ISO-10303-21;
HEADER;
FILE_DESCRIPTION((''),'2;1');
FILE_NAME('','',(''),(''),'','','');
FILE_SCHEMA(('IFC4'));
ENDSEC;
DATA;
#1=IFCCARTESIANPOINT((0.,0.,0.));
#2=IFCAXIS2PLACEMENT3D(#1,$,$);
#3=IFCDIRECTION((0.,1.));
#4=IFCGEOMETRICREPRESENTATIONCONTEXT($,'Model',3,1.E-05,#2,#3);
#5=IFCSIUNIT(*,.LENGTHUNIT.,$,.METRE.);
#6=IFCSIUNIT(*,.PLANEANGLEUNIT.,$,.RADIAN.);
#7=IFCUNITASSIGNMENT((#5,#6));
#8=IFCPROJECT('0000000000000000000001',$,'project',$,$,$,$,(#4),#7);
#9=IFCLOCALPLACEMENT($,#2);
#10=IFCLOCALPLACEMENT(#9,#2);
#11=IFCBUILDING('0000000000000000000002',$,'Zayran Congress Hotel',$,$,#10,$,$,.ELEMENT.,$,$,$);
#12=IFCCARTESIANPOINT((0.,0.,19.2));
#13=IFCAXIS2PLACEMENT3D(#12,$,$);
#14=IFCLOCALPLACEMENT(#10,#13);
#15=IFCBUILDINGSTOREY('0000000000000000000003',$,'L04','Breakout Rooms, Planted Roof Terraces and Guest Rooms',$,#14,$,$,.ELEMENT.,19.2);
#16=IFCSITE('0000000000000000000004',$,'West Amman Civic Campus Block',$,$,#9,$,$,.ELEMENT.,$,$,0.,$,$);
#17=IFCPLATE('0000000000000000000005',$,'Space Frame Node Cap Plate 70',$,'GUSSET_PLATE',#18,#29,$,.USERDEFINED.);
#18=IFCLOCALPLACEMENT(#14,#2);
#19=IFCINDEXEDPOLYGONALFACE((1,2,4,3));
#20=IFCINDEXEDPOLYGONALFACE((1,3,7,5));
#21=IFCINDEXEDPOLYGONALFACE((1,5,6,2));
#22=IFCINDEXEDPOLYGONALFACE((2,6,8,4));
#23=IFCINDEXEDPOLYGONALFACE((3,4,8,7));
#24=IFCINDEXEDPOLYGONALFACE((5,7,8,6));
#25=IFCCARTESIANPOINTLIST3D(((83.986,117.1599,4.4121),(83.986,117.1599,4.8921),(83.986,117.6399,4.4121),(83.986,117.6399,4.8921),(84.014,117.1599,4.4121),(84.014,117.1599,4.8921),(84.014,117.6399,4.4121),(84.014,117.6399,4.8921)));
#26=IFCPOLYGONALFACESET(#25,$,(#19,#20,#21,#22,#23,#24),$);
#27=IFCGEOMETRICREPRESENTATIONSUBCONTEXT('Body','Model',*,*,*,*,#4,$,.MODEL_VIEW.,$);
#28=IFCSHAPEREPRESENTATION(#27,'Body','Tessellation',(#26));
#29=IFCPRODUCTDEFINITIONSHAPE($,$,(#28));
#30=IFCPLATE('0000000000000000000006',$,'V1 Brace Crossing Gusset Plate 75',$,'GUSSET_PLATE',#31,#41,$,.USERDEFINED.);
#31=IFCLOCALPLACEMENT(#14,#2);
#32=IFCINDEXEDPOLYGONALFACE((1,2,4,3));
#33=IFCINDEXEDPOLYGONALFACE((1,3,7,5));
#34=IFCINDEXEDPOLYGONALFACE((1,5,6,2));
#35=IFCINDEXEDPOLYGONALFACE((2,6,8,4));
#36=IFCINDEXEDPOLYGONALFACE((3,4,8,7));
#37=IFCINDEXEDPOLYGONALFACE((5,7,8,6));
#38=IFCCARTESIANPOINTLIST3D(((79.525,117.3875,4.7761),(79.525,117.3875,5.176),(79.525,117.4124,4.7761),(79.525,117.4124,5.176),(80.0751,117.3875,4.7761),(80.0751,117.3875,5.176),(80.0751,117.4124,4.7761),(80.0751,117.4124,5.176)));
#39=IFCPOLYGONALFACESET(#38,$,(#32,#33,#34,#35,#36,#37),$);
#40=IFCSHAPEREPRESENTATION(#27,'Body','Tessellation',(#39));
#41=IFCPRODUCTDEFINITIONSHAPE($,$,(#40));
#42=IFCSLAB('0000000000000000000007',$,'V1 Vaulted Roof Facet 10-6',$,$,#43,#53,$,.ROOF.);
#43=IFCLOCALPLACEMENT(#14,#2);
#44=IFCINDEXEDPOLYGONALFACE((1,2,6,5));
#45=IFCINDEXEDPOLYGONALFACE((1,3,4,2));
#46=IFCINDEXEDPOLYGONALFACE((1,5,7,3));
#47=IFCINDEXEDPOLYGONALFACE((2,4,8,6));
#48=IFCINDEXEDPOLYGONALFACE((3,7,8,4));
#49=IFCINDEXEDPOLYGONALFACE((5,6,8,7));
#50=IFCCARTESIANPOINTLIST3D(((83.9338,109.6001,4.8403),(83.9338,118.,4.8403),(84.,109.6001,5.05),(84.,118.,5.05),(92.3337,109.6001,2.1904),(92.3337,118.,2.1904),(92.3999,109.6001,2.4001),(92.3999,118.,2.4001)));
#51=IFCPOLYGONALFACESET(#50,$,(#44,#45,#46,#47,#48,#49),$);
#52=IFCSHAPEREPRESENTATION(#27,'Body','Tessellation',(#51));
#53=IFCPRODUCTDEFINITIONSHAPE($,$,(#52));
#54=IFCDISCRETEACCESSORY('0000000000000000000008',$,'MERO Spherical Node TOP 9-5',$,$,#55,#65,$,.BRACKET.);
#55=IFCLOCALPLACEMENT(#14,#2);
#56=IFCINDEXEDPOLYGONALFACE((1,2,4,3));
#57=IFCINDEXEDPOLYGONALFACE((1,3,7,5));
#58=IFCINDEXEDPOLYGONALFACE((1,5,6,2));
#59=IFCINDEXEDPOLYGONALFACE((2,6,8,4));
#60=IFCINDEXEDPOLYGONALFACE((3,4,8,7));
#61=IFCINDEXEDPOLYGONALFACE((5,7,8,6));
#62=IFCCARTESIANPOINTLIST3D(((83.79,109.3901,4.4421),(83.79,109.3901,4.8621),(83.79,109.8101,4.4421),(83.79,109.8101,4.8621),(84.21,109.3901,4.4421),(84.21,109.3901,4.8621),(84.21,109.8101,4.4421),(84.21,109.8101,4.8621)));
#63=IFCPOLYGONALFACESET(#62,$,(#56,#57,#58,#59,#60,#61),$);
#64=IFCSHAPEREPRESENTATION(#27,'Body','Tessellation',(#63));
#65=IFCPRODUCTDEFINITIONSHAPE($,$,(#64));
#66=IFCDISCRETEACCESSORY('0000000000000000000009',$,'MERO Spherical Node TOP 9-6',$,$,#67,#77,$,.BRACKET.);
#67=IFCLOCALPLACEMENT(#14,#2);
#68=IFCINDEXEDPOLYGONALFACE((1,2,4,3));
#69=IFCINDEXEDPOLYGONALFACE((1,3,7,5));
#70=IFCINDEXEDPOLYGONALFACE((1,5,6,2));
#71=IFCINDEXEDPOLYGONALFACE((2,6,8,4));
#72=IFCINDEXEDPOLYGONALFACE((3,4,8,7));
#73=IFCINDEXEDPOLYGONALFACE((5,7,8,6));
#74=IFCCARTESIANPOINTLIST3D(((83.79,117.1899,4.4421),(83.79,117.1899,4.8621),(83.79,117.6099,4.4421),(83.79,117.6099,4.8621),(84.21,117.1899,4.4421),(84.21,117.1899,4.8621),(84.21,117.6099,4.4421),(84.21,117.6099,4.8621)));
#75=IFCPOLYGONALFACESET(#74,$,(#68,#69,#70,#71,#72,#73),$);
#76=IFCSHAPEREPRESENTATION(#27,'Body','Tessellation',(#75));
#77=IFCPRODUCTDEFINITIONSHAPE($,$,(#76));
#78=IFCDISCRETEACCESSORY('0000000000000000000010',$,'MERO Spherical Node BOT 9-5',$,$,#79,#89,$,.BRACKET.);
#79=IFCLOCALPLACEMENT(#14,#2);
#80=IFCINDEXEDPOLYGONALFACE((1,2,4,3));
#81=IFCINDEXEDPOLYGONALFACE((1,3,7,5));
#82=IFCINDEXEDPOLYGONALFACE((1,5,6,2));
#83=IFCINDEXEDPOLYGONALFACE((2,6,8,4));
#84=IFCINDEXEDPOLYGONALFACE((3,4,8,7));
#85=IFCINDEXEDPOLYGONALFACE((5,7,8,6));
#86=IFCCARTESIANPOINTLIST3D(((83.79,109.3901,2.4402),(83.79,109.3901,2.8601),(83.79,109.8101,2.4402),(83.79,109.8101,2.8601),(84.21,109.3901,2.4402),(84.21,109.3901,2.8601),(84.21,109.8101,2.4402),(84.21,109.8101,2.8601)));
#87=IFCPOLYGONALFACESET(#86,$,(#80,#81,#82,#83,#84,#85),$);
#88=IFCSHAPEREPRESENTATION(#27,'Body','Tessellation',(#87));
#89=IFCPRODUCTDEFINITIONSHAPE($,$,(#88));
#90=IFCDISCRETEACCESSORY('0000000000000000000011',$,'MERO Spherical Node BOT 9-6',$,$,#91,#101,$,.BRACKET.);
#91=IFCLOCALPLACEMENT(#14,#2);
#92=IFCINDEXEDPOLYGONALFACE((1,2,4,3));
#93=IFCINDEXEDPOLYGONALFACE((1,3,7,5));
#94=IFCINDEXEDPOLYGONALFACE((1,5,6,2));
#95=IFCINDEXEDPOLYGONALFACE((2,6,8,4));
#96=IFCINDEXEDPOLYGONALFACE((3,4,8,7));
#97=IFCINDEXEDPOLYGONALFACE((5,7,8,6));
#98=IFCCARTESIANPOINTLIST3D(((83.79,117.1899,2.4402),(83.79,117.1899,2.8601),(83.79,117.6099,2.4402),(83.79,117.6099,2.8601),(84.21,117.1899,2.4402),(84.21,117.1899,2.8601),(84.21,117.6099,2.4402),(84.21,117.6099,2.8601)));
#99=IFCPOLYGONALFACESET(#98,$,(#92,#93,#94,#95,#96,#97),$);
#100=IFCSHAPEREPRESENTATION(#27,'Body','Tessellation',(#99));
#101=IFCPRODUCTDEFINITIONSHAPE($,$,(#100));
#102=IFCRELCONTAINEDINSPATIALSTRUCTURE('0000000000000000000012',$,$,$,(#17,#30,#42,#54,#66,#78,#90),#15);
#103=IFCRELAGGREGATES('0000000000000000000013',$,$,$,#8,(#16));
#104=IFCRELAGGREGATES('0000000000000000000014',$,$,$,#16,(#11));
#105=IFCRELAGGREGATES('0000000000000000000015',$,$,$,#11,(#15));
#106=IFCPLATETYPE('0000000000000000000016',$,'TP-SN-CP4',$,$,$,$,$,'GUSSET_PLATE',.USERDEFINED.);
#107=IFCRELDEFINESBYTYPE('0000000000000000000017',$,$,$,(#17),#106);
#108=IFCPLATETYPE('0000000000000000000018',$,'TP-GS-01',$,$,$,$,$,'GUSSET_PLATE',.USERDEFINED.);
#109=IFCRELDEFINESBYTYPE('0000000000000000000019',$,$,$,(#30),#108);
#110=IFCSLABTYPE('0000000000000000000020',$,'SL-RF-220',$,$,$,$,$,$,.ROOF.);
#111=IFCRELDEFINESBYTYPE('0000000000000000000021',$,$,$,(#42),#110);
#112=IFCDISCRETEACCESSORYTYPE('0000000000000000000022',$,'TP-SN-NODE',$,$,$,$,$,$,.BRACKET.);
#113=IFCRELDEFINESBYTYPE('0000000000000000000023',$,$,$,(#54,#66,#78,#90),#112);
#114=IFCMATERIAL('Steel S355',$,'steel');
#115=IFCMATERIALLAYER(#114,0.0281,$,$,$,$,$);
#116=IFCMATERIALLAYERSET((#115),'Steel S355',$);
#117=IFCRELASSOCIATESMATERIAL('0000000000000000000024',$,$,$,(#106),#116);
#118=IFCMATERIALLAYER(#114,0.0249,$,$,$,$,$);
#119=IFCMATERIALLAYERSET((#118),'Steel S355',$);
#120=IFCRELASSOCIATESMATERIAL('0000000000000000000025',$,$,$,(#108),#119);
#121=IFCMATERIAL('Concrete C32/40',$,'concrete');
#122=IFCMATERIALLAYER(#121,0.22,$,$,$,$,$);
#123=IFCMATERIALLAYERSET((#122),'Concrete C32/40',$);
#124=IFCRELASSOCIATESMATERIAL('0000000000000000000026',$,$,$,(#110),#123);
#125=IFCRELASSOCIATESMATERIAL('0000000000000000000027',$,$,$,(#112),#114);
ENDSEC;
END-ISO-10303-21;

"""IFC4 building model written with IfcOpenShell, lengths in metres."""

from ifc_helpers import new_model, si_unit, direction, frame, origin, origin_2d, place, context, subcontext, project, spatial, polyline, rectangle, outline, extrude, material, layer, layer_set, type_object, element, save


model = new_model("IFC4")

# Units and contexts
model_context = context("Model", 3, precision=1e-05, world=origin(), true_north=direction((0.0, 1.0)))
body_context = subcontext(model_context, "Body", "Model", "MODEL_VIEW")
ifc_project = project(units=[si_unit("LENGTHUNIT", "METRE"), si_unit("PLANEANGLEUNIT", "RADIAN")], contexts=[model_context])

# Site, building, storey
site_placement = place(None, origin())
site = spatial("IfcSite", under=ifc_project, at=site_placement, Name="West Amman Civic Campus Block", CompositionType="ELEMENT", RefElevation=0.0)
building_placement = place(site_placement, origin())
building = spatial("IfcBuilding", under=site, at=building_placement, Name="Zayran Congress Hotel", CompositionType="ELEMENT")
storey_placement = place(building_placement, frame((0.0, 0.0, 19.2)))
storey = spatial("IfcBuildingStorey", under=building, at=storey_placement, Name="L04", Description="Breakout Rooms, Planted Roof Terraces and Guest Rooms", CompositionType="ELEMENT", Elevation=19.2)

# Shared definitions
ifc_material_1 = material(Name="Steel S355", Category="steel")

# Plates
ifc_layer_1 = layer(ifc_material_1, 0.0281)
ifc_layer_set_1 = layer_set([ifc_layer_1], Name="Steel S355")
plate_type_1 = type_object("IfcPlateType", Name="TP-SN-CP4", ElementType="GUSSET_PLATE", PredefinedType="USERDEFINED", material=ifc_layer_set_1)
plate_1_placement = place(storey_placement, frame((84.0, 117.3999, 4.4121), z_axis=(0.0, 0.0, 1.0), x_axis=(0.0, 1.0, 0.0)))
element("IfcPlate", 1, at=plate_1_placement, inside=storey, type_object=plate_type_1, Name="Space Frame Node Cap Plate 70", ObjectType="GUSSET_PLATE", PredefinedType="USERDEFINED", context=body_context, shape_type="SweptSolid", body=[
    extrude(rectangle(XDim=0.48, YDim=0.0281, at=origin_2d()), origin(), (0.0, 0.0, 1.0), 0.48),
])
ifc_layer_2 = layer(ifc_material_1, 0.0249)
ifc_layer_set_2 = layer_set([ifc_layer_2], Name="Steel S355")
plate_type_2 = type_object("IfcPlateType", Name="TP-GS-01", ElementType="GUSSET_PLATE", PredefinedType="USERDEFINED", material=ifc_layer_set_2)
plate_2_placement = place(storey_placement, frame((79.8, 117.3999, 4.7761), z_axis=(0.0, 0.0, 1.0), x_axis=(1.0, 0.0, 0.0)))
element("IfcPlate", 2, at=plate_2_placement, inside=storey, type_object=plate_type_2, Name="V1 Brace Crossing Gusset Plate 75", ObjectType="GUSSET_PLATE", PredefinedType="USERDEFINED", context=body_context, shape_type="SweptSolid", body=[
    extrude(rectangle(XDim=0.55, YDim=0.0249, at=origin_2d()), origin(), (0.0, 0.0, 1.0), 0.3999),
])

# Slab
ifc_material_2 = material(Name="Concrete C32/40", Category="concrete")
ifc_layer_3 = layer(ifc_material_2, 0.22)
ifc_layer_set_3 = layer_set([ifc_layer_3], Name="Concrete C32/40")
slab_type = type_object("IfcSlabType", Name="SL-RF-220", PredefinedType="ROOF", material=ifc_layer_set_3)
slab_placement = place(storey_placement, frame((84.0, 109.6001, 5.05), z_axis=(0.300853, 0.0, 0.953671), x_axis=(0.953671, 0.0, -0.300853)))
element("IfcSlab", 3, at=slab_placement, inside=storey, type_object=slab_type, Name="V1 Vaulted Roof Facet 10-6", PredefinedType="ROOF", context=body_context, shape_type="SweptSolid", body=[
    extrude(outline(polyline([(0.0, 0.0), (8.808, 0.0), (8.808, 8.3999), (0.0, 8.3999), (0.0, 0.0)])), origin(), (0.0, 0.0, -1.0), 0.22),
])

# Discrete accessories
discrete_accessory_type = type_object("IfcDiscreteAccessoryType", Name="TP-SN-NODE", PredefinedType="BRACKET", material=ifc_material_1)
for number, where, z_axis, x_axis, name in (
    (4, (84.0, 109.6001, 4.4421), (0.0, 0.0, 1.0), (1.0, 0.0, 0.0), "MERO Spherical Node TOP 9-5"),
    (5, (84.0, 117.3999, 4.4421), (0.0, 0.0, 1.0), (1.0, 0.0, 0.0), "MERO Spherical Node TOP 9-6"),
    (6, (84.0, 109.6001, 2.4402), (0.0, 0.0, 1.0), (1.0, 0.0, 0.0), "MERO Spherical Node BOT 9-5"),
    (7, (84.0, 117.3999, 2.4402), (0.0, 0.0, 1.0), (1.0, 0.0, 0.0), "MERO Spherical Node BOT 9-6"),
):
    element("IfcDiscreteAccessory", number, at=place(storey_placement, frame(where, z_axis=z_axis, x_axis=x_axis)), inside=storey, type_object=discrete_accessory_type, Name=name, PredefinedType="BRACKET", context=body_context, shape_type="SweptSolid", body=[
        extrude(rectangle(XDim=0.4199, YDim=0.4199, at=origin_2d()), origin(), (0.0, 0.0, 1.0), 0.4199),
    ])

save(model, "model.ifc")
